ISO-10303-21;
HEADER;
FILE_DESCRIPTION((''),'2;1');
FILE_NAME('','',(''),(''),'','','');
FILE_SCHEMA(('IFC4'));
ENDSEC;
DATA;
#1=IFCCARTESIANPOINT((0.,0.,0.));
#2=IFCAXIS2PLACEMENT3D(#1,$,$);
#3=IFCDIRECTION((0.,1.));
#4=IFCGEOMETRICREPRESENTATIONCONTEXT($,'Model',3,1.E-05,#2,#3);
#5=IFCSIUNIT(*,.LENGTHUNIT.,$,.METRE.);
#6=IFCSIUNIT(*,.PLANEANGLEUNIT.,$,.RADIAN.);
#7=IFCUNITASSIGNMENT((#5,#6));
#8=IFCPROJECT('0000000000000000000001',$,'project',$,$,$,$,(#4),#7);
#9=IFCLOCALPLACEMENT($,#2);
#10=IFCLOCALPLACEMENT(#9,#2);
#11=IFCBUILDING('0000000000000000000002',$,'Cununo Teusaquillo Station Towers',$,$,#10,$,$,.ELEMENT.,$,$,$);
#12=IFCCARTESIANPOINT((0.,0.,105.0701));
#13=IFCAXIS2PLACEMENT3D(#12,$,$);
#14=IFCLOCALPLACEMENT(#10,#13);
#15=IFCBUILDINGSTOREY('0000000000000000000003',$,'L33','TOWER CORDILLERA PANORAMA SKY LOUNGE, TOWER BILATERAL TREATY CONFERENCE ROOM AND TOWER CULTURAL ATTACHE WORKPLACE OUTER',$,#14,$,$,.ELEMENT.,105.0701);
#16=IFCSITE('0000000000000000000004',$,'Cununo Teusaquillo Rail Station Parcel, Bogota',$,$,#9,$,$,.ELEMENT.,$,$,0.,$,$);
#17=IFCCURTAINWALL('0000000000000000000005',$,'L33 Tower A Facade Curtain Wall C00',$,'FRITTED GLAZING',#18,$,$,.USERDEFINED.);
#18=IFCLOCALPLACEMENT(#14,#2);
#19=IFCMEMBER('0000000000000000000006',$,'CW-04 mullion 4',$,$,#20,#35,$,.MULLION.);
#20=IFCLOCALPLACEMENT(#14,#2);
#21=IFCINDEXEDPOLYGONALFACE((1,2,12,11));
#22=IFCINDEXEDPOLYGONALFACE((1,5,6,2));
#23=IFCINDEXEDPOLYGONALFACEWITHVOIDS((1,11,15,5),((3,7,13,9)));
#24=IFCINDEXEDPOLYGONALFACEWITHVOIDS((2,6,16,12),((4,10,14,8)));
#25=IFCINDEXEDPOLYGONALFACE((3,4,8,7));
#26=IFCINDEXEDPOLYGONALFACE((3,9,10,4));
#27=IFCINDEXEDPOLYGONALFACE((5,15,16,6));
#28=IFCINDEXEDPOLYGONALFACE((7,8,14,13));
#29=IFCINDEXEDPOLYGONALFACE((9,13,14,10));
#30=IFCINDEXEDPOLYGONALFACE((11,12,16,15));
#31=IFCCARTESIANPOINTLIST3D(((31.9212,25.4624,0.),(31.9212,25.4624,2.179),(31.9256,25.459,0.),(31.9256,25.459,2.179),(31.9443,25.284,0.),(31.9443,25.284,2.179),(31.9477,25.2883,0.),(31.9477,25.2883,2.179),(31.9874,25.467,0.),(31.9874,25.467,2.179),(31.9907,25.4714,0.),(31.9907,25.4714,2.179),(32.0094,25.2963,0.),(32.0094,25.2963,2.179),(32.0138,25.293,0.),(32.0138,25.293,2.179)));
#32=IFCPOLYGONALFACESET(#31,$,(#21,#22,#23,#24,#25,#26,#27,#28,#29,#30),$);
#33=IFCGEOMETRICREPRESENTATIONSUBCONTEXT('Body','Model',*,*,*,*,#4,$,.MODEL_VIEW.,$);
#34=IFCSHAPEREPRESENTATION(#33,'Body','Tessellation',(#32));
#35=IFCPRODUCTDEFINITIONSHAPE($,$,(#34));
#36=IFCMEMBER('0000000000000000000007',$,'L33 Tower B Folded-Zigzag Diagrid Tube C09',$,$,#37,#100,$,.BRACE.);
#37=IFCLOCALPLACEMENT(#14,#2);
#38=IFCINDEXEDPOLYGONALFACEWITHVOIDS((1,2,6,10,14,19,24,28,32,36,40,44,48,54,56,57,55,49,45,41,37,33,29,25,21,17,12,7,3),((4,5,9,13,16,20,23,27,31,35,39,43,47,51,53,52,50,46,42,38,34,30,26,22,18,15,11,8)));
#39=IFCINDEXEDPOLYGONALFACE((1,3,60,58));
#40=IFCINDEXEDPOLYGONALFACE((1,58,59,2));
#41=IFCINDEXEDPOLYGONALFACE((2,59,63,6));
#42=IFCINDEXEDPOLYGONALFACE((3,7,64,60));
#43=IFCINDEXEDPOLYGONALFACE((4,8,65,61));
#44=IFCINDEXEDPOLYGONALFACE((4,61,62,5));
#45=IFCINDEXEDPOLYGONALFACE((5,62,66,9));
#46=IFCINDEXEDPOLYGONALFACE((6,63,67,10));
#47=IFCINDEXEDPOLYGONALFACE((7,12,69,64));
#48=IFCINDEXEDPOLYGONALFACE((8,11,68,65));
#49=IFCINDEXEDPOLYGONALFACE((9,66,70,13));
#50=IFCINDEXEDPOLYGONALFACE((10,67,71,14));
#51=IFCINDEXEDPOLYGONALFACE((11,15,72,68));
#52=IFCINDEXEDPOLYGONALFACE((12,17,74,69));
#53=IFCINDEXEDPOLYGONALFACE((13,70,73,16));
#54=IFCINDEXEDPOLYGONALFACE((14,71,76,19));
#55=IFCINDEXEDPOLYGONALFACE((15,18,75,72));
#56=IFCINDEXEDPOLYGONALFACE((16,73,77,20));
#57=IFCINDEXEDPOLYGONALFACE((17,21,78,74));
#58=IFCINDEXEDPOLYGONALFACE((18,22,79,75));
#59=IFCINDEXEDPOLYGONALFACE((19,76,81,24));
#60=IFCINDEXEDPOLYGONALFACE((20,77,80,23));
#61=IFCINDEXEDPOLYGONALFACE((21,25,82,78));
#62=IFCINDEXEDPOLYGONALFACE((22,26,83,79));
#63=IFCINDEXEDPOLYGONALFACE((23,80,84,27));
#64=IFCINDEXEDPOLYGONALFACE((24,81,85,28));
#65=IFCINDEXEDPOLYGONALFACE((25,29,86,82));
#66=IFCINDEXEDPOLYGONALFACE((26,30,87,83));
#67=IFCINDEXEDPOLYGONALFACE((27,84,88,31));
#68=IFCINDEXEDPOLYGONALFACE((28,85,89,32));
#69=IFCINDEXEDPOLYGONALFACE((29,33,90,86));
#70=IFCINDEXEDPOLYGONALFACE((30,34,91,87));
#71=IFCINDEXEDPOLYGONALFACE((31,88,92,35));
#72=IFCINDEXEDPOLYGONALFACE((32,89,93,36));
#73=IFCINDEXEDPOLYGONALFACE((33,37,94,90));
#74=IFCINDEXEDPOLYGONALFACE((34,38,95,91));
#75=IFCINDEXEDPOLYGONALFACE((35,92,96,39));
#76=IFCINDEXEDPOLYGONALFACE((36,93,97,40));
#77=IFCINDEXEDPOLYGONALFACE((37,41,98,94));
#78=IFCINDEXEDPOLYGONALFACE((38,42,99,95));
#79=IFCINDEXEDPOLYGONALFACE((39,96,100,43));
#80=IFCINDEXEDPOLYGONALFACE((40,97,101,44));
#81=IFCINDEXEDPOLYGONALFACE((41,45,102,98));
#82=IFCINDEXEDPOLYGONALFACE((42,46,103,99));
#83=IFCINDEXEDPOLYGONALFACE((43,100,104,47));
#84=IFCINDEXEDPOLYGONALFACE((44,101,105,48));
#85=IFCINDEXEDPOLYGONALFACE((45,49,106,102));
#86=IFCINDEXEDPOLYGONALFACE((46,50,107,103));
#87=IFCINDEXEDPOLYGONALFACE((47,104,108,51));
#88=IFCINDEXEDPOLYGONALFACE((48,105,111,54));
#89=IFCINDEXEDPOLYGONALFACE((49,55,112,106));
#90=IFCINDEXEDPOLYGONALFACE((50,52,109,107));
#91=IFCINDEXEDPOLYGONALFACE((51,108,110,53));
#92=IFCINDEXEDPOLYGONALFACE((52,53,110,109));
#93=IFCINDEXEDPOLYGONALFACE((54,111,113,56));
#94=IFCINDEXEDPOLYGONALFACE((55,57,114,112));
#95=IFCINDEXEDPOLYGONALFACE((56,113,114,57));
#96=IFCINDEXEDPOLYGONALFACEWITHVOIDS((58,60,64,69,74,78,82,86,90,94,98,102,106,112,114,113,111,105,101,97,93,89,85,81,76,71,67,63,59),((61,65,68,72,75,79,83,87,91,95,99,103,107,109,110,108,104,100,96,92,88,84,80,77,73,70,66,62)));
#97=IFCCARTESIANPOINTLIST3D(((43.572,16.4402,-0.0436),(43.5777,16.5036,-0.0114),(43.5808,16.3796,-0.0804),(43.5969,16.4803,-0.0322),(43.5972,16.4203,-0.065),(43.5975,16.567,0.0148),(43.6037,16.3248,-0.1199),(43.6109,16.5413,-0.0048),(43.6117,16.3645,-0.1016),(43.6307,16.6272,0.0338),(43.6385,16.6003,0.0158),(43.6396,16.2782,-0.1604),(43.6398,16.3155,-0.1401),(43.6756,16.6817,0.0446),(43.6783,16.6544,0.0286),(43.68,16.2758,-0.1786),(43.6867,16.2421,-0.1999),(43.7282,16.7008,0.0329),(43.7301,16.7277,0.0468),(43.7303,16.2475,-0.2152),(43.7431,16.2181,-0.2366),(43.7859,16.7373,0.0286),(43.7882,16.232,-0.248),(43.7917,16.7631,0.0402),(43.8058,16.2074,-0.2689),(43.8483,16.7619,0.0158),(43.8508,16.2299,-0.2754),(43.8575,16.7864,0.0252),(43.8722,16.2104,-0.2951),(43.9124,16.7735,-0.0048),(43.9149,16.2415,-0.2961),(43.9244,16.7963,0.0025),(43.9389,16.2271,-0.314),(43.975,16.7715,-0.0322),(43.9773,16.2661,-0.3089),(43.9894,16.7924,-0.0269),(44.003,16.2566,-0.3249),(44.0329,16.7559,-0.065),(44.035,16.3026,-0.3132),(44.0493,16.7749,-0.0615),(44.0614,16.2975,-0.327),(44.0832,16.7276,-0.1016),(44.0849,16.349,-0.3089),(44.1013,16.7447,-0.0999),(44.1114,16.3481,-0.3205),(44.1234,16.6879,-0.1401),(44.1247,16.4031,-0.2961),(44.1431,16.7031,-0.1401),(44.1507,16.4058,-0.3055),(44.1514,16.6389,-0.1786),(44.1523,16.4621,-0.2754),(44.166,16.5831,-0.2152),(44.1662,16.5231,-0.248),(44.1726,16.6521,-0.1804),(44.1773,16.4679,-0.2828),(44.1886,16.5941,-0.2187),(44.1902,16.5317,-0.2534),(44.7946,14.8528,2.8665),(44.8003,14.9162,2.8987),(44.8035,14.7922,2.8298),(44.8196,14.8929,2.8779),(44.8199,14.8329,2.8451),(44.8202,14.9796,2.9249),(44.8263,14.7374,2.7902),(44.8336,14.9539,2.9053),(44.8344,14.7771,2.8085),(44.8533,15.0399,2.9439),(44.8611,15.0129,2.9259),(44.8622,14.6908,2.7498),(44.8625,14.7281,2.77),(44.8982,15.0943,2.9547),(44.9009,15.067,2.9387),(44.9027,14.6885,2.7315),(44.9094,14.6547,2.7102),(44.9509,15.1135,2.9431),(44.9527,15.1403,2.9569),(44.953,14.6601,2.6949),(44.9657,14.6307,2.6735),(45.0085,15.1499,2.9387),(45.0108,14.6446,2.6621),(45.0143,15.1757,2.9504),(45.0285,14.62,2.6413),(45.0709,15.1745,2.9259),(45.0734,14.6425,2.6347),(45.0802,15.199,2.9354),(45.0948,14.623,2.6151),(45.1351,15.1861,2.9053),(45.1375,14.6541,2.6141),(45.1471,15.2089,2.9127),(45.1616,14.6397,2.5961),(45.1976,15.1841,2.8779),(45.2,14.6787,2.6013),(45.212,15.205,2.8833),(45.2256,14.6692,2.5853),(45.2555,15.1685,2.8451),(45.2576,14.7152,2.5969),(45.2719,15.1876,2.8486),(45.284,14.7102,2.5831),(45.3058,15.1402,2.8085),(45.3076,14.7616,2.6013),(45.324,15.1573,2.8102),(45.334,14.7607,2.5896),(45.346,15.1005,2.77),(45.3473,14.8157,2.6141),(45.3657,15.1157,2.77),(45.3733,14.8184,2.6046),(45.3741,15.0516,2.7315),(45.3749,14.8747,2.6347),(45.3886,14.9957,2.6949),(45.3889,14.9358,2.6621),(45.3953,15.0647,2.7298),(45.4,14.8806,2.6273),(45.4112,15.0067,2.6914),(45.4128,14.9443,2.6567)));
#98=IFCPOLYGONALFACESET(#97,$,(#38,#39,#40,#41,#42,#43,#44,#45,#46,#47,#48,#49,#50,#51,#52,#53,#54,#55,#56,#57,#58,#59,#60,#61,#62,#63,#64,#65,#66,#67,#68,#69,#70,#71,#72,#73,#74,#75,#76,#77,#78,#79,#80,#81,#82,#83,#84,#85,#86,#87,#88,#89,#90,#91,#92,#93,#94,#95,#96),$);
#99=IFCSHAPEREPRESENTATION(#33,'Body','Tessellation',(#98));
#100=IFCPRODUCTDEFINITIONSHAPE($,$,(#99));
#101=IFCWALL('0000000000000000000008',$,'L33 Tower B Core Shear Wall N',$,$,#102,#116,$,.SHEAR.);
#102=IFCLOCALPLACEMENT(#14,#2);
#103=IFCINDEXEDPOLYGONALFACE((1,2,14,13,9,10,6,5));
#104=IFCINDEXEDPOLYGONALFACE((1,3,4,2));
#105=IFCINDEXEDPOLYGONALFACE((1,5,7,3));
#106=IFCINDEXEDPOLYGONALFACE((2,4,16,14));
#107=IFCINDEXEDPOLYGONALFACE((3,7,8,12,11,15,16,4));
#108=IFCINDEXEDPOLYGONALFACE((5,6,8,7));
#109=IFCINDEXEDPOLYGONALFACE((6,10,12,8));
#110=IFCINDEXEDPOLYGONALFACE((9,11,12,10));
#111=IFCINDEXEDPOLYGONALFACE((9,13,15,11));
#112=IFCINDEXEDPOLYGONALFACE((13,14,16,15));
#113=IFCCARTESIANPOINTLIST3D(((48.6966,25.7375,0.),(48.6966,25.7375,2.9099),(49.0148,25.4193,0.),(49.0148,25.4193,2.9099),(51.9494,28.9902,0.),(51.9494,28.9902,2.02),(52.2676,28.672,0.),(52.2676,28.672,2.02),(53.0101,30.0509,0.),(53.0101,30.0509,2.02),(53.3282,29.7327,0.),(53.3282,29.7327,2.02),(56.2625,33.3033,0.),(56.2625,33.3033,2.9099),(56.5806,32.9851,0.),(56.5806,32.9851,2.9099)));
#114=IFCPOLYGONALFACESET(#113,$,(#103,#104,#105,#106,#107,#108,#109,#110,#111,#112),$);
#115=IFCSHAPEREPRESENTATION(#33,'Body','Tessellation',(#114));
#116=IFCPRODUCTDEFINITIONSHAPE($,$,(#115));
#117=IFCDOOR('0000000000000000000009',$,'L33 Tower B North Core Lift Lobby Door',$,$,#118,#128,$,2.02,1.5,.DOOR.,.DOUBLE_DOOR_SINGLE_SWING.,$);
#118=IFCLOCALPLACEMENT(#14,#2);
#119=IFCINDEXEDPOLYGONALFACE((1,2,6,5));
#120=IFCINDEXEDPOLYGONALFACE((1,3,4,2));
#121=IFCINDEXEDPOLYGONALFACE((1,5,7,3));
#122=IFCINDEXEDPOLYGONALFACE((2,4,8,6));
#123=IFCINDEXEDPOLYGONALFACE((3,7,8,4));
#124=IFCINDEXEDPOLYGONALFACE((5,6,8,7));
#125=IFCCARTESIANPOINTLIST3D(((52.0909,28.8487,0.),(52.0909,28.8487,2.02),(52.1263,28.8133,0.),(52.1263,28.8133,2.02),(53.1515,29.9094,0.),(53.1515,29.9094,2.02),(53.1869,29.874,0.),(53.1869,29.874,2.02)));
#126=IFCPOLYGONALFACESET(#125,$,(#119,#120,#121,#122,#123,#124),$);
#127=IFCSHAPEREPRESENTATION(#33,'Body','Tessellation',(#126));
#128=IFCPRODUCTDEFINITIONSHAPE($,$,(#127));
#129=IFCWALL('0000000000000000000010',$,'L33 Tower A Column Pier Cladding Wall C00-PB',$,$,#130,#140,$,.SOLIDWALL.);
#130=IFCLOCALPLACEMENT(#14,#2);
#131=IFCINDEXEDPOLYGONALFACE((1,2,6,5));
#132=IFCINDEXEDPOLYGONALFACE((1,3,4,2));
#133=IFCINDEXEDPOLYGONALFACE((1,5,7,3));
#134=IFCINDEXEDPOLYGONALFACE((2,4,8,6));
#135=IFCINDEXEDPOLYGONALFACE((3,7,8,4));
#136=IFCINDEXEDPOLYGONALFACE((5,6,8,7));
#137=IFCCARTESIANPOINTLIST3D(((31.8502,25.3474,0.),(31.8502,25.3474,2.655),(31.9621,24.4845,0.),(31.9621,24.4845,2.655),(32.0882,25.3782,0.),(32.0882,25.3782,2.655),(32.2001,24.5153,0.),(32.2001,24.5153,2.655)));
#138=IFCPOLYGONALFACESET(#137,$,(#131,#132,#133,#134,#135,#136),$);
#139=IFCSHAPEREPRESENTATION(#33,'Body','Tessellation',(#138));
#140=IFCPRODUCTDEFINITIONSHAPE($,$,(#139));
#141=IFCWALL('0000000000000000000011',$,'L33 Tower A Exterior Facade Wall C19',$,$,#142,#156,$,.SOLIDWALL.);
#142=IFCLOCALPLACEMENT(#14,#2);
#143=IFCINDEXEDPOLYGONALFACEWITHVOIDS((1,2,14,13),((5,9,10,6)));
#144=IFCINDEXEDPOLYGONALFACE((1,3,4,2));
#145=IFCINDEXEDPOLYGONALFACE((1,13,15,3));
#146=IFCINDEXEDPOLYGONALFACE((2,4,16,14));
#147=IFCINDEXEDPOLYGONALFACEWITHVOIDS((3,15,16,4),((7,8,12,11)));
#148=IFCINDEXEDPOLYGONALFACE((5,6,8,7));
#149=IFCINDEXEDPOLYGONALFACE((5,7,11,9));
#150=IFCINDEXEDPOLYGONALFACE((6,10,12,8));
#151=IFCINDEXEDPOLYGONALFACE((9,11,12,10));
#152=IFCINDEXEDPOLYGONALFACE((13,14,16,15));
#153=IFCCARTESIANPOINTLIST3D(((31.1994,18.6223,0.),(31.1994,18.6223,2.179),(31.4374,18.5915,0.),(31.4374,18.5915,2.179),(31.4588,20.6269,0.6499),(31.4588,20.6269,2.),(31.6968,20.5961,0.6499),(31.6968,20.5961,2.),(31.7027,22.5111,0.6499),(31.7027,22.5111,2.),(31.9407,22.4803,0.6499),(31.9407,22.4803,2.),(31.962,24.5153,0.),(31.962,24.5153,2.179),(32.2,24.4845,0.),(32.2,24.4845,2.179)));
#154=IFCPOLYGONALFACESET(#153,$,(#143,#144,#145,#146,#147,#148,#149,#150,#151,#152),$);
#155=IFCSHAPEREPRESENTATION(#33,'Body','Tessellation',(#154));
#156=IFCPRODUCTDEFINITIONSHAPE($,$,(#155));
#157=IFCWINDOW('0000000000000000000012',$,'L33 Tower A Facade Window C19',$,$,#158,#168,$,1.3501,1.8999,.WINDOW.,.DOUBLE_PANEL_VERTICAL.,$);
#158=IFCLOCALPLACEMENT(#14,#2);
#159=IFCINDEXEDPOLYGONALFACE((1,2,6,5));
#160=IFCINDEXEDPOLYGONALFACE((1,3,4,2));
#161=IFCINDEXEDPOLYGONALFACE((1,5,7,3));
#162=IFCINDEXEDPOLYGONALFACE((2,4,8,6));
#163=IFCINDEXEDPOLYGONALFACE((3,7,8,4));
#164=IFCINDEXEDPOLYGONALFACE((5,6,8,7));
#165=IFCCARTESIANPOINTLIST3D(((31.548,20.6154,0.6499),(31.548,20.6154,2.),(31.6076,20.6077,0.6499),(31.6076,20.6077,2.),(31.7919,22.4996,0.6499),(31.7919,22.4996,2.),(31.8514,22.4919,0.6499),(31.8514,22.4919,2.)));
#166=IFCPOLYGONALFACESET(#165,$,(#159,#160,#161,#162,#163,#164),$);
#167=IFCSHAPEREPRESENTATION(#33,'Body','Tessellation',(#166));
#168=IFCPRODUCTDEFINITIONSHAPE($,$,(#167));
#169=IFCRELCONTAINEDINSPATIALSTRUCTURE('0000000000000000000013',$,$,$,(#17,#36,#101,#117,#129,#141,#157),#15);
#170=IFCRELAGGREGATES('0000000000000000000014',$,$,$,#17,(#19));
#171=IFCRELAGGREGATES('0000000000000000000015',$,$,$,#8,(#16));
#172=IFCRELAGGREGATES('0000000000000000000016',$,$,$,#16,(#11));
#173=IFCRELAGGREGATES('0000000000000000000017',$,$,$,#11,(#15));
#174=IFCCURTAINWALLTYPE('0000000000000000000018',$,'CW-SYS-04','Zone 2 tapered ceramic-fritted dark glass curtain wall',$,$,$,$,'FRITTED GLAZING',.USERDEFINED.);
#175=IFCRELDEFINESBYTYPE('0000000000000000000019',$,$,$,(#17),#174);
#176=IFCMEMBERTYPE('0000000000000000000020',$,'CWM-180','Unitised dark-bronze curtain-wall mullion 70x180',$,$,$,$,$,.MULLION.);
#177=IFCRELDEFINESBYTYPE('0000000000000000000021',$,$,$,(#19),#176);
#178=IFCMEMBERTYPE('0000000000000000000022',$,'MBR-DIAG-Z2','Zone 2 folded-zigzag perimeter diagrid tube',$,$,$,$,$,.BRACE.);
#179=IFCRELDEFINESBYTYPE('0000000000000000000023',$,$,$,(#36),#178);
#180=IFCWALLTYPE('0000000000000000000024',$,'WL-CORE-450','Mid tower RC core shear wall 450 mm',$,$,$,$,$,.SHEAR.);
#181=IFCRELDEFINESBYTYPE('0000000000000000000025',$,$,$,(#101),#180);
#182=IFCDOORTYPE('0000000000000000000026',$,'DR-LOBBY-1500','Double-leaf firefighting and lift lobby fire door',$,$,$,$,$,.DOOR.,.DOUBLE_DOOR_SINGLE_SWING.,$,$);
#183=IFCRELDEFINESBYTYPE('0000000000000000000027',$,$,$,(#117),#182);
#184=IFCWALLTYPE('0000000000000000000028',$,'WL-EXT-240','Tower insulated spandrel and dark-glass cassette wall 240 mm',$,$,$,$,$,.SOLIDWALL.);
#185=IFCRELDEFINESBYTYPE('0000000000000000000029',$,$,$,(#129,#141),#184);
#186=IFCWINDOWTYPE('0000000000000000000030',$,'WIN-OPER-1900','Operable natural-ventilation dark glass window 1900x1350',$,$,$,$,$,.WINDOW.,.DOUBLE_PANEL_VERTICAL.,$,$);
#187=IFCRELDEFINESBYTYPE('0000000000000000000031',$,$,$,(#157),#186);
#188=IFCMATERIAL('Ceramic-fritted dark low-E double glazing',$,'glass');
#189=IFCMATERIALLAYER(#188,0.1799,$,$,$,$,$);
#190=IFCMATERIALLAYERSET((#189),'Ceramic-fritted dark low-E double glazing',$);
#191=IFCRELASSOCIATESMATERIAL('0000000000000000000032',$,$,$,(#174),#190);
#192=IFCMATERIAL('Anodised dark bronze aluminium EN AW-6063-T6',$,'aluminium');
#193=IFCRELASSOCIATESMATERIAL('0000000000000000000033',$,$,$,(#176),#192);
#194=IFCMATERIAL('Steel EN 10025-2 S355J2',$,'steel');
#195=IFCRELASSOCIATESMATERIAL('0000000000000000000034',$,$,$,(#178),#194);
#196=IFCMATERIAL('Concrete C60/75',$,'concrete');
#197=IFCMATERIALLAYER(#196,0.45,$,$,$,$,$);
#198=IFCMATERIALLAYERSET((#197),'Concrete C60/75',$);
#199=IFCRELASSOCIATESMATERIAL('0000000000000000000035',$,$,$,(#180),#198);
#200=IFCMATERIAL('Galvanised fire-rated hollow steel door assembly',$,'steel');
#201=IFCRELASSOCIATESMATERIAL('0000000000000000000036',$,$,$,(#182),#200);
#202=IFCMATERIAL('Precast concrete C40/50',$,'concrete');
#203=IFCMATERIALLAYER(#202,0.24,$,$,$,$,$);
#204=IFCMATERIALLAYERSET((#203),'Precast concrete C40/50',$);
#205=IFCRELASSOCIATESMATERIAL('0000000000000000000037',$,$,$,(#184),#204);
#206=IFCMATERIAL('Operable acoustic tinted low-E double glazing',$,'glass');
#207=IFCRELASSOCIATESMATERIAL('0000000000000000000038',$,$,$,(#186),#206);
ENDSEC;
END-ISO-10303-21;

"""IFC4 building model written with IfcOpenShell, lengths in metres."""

from ifc_helpers import new_model, si_unit, direction, frame, frame_2d, origin, origin_2d, place, context, subcontext, project, spatial, rectangle, hollow_rectangle, hollow_circle, extrude, source, transform, mapped, material, layer, layer_set, material_profile, profile_set, type_object, element, fill, aggregate, save


model = new_model("IFC4")

# Units and contexts
model_context = context("Model", 3, precision=1e-05, world=origin(), true_north=direction((0.0, 1.0)))
body_context = subcontext(model_context, "Body", "Model", "MODEL_VIEW")
ifc_project = project(units=[si_unit("LENGTHUNIT", "METRE"), si_unit("PLANEANGLEUNIT", "RADIAN")], contexts=[model_context])

# Site, building, storey
site_placement = place(None, origin())
site = spatial("IfcSite", under=ifc_project, at=site_placement, Name="Cununo Teusaquillo Rail Station Parcel, Bogota", CompositionType="ELEMENT", RefElevation=0.0)
building_placement = place(site_placement, origin())
building = spatial("IfcBuilding", under=site, at=building_placement, Name="Cununo Teusaquillo Station Towers", CompositionType="ELEMENT")
storey_placement = place(building_placement, frame((0.0, 0.0, 105.0701)))
storey = spatial("IfcBuildingStorey", under=building, at=storey_placement, Name="L33", Description="TOWER CORDILLERA PANORAMA SKY LOUNGE, TOWER BILATERAL TREATY CONFERENCE ROOM AND TOWER CULTURAL ATTACHE WORKPLACE OUTER", CompositionType="ELEMENT", Elevation=105.0701)

# Curtain wall, member
ifc_material_1 = material(Name="Ceramic-fritted dark low-E double glazing", Category="glass")
ifc_layer_1 = layer(ifc_material_1, 0.1799)
ifc_layer_set_1 = layer_set([ifc_layer_1], Name="Ceramic-fritted dark low-E double glazing")
curtain_wall_type = type_object("IfcCurtainWallType", Name="CW-SYS-04", Description="Zone 2 tapered ceramic-fritted dark glass curtain wall", ElementType="FRITTED GLAZING", PredefinedType="USERDEFINED", material=ifc_layer_set_1)
curtain_wall_placement = place(storey_placement, origin())
curtain_wall = element("IfcCurtainWall", 1, at=curtain_wall_placement, inside=storey, type_object=curtain_wall_type, Name="L33 Tower A Facade Curtain Wall C00", ObjectType="FRITTED GLAZING", PredefinedType="USERDEFINED")
ifc_material_2 = material(Name="Anodised dark bronze aluminium EN AW-6063-T6", Category="aluminium")
ifc_material_profile_1 = material_profile(ifc_material_2, hollow_rectangle(XDim=0.0701, YDim=0.1799, WallThickness=0.0039, at=origin_2d()), Name="CW-MULL-70x180")
ifc_profile_set_1 = profile_set([ifc_material_profile_1], Name="Anodised dark bronze aluminium EN AW-6063-T6")
member_type_1 = type_object("IfcMemberType", Name="CWM-180", Description="Unitised dark-bronze curtain-wall mullion 70x180", PredefinedType="MULLION", material=ifc_profile_set_1)
member_1_placement = place(storey_placement, frame((31.9675, 25.3777, 0.0), z_axis=(0.0, 0.0, 1.0), x_axis=(0.991731, 0.128336, 0.0)))
member_1 = element("IfcMember", 2, at=member_1_placement, type_object=member_type_1, Name="CW-04 mullion 4", PredefinedType="MULLION", context=body_context, shape_type="SweptSolid", body=[
    extrude(hollow_rectangle(XDim=0.0701, YDim=0.1799, WallThickness=0.0039, at=origin_2d()), origin(), (0.0, 0.0, 1.0), 2.179),
])
aggregate(curtain_wall, [member_1])

# Member
ifc_material_3 = material(Name="Steel EN 10025-2 S355J2", Category="steel")
ifc_material_profile_2 = material_profile(ifc_material_3, hollow_circle(Radius=0.3301, WallThickness=0.0249, at=origin_2d()), Name="CHS 660x25")
ifc_profile_set_2 = profile_set([ifc_material_profile_2], Name="Steel EN 10025-2 S355J2")
member_type_2 = type_object("IfcMemberType", Name="MBR-DIAG-Z2", Description="Zone 2 folded-zigzag perimeter diagrid tube", PredefinedType="BRACE", material=ifc_profile_set_2)
member_2_placement = place(storey_placement, frame((43.8816, 16.5017, -0.1401), z_axis=(0.346044, -0.449277, 0.823652), x_axis=(0.792243, 0.610205, 0.0)))
element("IfcMember", 3, at=member_2_placement, inside=storey, type_object=member_type_2, Name="L33 Tower B Folded-Zigzag Diagrid Tube C09", PredefinedType="BRACE", context=body_context, shape_type="SweptSolid", body=[
    extrude(hollow_circle(Radius=0.3301, WallThickness=0.0249, at=origin_2d()), origin(), (0.0, 0.0, 1.0), 3.5332),
])

# Wall, opening, door
ifc_material_4 = material(Name="Concrete C60/75", Category="concrete")
ifc_layer_2 = layer(ifc_material_4, 0.45)
ifc_layer_set_2 = layer_set([ifc_layer_2], Name="Concrete C60/75")
wall_type_1 = type_object("IfcWallType", Name="WL-CORE-450", Description="Mid tower RC core shear wall 450 mm", PredefinedType="SHEAR", material=ifc_layer_set_2)
wall_1_placement = place(storey_placement, frame((48.8557, 25.5784, 0.0), z_axis=(0.0, 0.0, 1.0), x_axis=(0.707107, 0.707107, 0.0)))
wall_1 = element("IfcWall", 4, at=wall_1_placement, inside=storey, type_object=wall_type_1, Name="L33 Tower B Core Shear Wall N", PredefinedType="SHEAR", context=body_context, shape_type="SweptSolid", body=[
    extrude(rectangle(XDim=10.6997, YDim=0.45, at=frame_2d((5.3499, 0.0))), origin(), (0.0, 0.0, 1.0), 2.9099),
])
shared_shape_1 = source(origin(), body_context, "Body", "SweptSolid", [
    extrude(rectangle(XDim=1.5, YDim=2.02, at=frame_2d((0.75, 1.01))), frame((0.0, 0.2349, 0.0), z_axis=(0.0, -1.0, 0.0), x_axis=(1.0, 0.0, 0.0)), (0.0, 0.0, 1.0), 0.47),
])
opening_1_placement = place(wall_1_placement, frame((4.6001, 0.0, 0.0)))
opening_1 = element("IfcOpeningElement", 5, at=opening_1_placement, cuts=wall_1, PredefinedType="OPENING", context=body_context, shape_type="MappedRepresentation", body=[
    mapped(shared_shape_1, transform((0.0, 0.0, 0.0), x_axis=(1.0, 0.0, 0.0), y_axis=(0.0, 1.0, 0.0), z_axis=(0.0, 0.0, 1.0), scale=1.0)),
])
ifc_material_5 = material(Name="Galvanised fire-rated hollow steel door assembly", Category="steel")
door_type_1 = type_object("IfcDoorType", Name="DR-LOBBY-1500", Description="Double-leaf firefighting and lift lobby fire door", OperationType="DOUBLE_DOOR_SINGLE_SWING", PredefinedType="DOOR", material=ifc_material_5)
shared_shape_2 = source(origin(), body_context, "Body", "SweptSolid", [
    extrude(rectangle(XDim=1.5, YDim=2.02, at=frame_2d((0.75, 1.01))), frame((0.0, 0.0249, 0.0), z_axis=(0.0, -1.0, 0.0), x_axis=(1.0, 0.0, 0.0)), (0.0, 0.0, 1.0), 0.05),
])
door_1_placement = place(opening_1_placement, origin())
door_1 = element("IfcDoor", 6, at=door_1_placement, inside=storey, type_object=door_type_1, Name="L33 Tower B North Core Lift Lobby Door", OperationType="DOUBLE_DOOR_SINGLE_SWING", OverallHeight=2.02, OverallWidth=1.5, PredefinedType="DOOR", context=body_context, shape_type="MappedRepresentation", body=[
    mapped(shared_shape_2, transform((0.0, 0.0, 0.0), x_axis=(1.0, 0.0, 0.0), y_axis=(0.0, 1.0, 0.0), z_axis=(0.0, 0.0, 1.0), scale=1.0)),
])
fill(opening_1, door_1)

# Wall
ifc_material_6 = material(Name="Precast concrete C40/50", Category="concrete")
ifc_layer_3 = layer(ifc_material_6, 0.24)
ifc_layer_set_3 = layer_set([ifc_layer_3], Name="Precast concrete C40/50")
wall_type_2 = type_object("IfcWallType", Name="WL-EXT-240", Description="Tower insulated spandrel and dark-glass cassette wall 240 mm", PredefinedType="SOLIDWALL", material=ifc_layer_set_3)
wall_2_placement = place(storey_placement, frame((31.9692, 25.3628, 0.0), z_axis=(0.0, 0.0, 1.0), x_axis=(0.128523, -0.991706, 0.0)))
element("IfcWall", 7, at=wall_2_placement, inside=storey, type_object=wall_type_2, Name="L33 Tower A Column Pier Cladding Wall C00-PB", PredefinedType="SOLIDWALL", context=body_context, shape_type="SweptSolid", body=[
    extrude(rectangle(XDim=0.8701, YDim=0.24, at=frame_2d((0.4351, 0.0))), origin(), (0.0, 0.0, 1.0), 2.655),
])

# Wall, opening, window
wall_3_placement = place(storey_placement, frame((32.0811, 24.5, 0.0), z_axis=(0.0, 0.0, 1.0), x_axis=(-0.128352, -0.991729, 0.0)))
wall_3 = element("IfcWall", 8, at=wall_3_placement, inside=storey, type_object=wall_type_2, Name="L33 Tower A Exterior Facade Wall C19", PredefinedType="SOLIDWALL", context=body_context, shape_type="SweptSolid", body=[
    extrude(rectangle(XDim=5.9421, YDim=0.24, at=frame_2d((2.9712, 0.0))), origin(), (0.0, 0.0, 1.0), 2.179),
])
shared_shape_3 = source(origin(), body_context, "Body", "SweptSolid", [
    extrude(rectangle(XDim=1.8999, YDim=1.3501, at=frame_2d((0.95, 0.675))), frame((0.0, 0.1299, 0.0), z_axis=(0.0, -1.0, 0.0), x_axis=(1.0, 0.0, 0.0)), (0.0, 0.0, 1.0), 0.26),
])
opening_2_placement = place(wall_3_placement, frame((2.021, 0.0, 0.6499)))
opening_2 = element("IfcOpeningElement", 9, at=opening_2_placement, cuts=wall_3, PredefinedType="OPENING", context=body_context, shape_type="MappedRepresentation", body=[
    mapped(shared_shape_3, transform((0.0, 0.0, 0.0), x_axis=(1.0, 0.0, 0.0), y_axis=(0.0, 1.0, 0.0), z_axis=(0.0, 0.0, 1.0), scale=1.0)),
])
ifc_material_7 = material(Name="Operable acoustic tinted low-E double glazing", Category="glass")
window_type = type_object("IfcWindowType", Name="WIN-OPER-1900", Description="Operable natural-ventilation dark glass window 1900x1350", PartitioningType="DOUBLE_PANEL_VERTICAL", PredefinedType="WINDOW", material=ifc_material_7)
shared_shape_4 = source(origin(), body_context, "Body", "SweptSolid", [
    extrude(rectangle(XDim=1.8999, YDim=1.3501, at=frame_2d((0.95, 0.675))), frame((0.0, 0.03, 0.0), z_axis=(0.0, -1.0, 0.0), x_axis=(1.0, 0.0, 0.0)), (0.0, 0.0, 1.0), 0.0601),
])
window_1_placement = place(opening_2_placement, origin())
window_1 = element("IfcWindow", 10, at=window_1_placement, inside=storey, type_object=window_type, Name="L33 Tower A Facade Window C19", OverallHeight=1.3501, OverallWidth=1.8999, PartitioningType="DOUBLE_PANEL_VERTICAL", PredefinedType="WINDOW", context=body_context, shape_type="MappedRepresentation", body=[
    mapped(shared_shape_4, transform((0.0, 0.0, 0.0), x_axis=(1.0, 0.0, 0.0), y_axis=(0.0, 1.0, 0.0), z_axis=(0.0, 0.0, 1.0), scale=1.0)),
])
fill(opening_2, window_1)

save(model, "model.ifc")
